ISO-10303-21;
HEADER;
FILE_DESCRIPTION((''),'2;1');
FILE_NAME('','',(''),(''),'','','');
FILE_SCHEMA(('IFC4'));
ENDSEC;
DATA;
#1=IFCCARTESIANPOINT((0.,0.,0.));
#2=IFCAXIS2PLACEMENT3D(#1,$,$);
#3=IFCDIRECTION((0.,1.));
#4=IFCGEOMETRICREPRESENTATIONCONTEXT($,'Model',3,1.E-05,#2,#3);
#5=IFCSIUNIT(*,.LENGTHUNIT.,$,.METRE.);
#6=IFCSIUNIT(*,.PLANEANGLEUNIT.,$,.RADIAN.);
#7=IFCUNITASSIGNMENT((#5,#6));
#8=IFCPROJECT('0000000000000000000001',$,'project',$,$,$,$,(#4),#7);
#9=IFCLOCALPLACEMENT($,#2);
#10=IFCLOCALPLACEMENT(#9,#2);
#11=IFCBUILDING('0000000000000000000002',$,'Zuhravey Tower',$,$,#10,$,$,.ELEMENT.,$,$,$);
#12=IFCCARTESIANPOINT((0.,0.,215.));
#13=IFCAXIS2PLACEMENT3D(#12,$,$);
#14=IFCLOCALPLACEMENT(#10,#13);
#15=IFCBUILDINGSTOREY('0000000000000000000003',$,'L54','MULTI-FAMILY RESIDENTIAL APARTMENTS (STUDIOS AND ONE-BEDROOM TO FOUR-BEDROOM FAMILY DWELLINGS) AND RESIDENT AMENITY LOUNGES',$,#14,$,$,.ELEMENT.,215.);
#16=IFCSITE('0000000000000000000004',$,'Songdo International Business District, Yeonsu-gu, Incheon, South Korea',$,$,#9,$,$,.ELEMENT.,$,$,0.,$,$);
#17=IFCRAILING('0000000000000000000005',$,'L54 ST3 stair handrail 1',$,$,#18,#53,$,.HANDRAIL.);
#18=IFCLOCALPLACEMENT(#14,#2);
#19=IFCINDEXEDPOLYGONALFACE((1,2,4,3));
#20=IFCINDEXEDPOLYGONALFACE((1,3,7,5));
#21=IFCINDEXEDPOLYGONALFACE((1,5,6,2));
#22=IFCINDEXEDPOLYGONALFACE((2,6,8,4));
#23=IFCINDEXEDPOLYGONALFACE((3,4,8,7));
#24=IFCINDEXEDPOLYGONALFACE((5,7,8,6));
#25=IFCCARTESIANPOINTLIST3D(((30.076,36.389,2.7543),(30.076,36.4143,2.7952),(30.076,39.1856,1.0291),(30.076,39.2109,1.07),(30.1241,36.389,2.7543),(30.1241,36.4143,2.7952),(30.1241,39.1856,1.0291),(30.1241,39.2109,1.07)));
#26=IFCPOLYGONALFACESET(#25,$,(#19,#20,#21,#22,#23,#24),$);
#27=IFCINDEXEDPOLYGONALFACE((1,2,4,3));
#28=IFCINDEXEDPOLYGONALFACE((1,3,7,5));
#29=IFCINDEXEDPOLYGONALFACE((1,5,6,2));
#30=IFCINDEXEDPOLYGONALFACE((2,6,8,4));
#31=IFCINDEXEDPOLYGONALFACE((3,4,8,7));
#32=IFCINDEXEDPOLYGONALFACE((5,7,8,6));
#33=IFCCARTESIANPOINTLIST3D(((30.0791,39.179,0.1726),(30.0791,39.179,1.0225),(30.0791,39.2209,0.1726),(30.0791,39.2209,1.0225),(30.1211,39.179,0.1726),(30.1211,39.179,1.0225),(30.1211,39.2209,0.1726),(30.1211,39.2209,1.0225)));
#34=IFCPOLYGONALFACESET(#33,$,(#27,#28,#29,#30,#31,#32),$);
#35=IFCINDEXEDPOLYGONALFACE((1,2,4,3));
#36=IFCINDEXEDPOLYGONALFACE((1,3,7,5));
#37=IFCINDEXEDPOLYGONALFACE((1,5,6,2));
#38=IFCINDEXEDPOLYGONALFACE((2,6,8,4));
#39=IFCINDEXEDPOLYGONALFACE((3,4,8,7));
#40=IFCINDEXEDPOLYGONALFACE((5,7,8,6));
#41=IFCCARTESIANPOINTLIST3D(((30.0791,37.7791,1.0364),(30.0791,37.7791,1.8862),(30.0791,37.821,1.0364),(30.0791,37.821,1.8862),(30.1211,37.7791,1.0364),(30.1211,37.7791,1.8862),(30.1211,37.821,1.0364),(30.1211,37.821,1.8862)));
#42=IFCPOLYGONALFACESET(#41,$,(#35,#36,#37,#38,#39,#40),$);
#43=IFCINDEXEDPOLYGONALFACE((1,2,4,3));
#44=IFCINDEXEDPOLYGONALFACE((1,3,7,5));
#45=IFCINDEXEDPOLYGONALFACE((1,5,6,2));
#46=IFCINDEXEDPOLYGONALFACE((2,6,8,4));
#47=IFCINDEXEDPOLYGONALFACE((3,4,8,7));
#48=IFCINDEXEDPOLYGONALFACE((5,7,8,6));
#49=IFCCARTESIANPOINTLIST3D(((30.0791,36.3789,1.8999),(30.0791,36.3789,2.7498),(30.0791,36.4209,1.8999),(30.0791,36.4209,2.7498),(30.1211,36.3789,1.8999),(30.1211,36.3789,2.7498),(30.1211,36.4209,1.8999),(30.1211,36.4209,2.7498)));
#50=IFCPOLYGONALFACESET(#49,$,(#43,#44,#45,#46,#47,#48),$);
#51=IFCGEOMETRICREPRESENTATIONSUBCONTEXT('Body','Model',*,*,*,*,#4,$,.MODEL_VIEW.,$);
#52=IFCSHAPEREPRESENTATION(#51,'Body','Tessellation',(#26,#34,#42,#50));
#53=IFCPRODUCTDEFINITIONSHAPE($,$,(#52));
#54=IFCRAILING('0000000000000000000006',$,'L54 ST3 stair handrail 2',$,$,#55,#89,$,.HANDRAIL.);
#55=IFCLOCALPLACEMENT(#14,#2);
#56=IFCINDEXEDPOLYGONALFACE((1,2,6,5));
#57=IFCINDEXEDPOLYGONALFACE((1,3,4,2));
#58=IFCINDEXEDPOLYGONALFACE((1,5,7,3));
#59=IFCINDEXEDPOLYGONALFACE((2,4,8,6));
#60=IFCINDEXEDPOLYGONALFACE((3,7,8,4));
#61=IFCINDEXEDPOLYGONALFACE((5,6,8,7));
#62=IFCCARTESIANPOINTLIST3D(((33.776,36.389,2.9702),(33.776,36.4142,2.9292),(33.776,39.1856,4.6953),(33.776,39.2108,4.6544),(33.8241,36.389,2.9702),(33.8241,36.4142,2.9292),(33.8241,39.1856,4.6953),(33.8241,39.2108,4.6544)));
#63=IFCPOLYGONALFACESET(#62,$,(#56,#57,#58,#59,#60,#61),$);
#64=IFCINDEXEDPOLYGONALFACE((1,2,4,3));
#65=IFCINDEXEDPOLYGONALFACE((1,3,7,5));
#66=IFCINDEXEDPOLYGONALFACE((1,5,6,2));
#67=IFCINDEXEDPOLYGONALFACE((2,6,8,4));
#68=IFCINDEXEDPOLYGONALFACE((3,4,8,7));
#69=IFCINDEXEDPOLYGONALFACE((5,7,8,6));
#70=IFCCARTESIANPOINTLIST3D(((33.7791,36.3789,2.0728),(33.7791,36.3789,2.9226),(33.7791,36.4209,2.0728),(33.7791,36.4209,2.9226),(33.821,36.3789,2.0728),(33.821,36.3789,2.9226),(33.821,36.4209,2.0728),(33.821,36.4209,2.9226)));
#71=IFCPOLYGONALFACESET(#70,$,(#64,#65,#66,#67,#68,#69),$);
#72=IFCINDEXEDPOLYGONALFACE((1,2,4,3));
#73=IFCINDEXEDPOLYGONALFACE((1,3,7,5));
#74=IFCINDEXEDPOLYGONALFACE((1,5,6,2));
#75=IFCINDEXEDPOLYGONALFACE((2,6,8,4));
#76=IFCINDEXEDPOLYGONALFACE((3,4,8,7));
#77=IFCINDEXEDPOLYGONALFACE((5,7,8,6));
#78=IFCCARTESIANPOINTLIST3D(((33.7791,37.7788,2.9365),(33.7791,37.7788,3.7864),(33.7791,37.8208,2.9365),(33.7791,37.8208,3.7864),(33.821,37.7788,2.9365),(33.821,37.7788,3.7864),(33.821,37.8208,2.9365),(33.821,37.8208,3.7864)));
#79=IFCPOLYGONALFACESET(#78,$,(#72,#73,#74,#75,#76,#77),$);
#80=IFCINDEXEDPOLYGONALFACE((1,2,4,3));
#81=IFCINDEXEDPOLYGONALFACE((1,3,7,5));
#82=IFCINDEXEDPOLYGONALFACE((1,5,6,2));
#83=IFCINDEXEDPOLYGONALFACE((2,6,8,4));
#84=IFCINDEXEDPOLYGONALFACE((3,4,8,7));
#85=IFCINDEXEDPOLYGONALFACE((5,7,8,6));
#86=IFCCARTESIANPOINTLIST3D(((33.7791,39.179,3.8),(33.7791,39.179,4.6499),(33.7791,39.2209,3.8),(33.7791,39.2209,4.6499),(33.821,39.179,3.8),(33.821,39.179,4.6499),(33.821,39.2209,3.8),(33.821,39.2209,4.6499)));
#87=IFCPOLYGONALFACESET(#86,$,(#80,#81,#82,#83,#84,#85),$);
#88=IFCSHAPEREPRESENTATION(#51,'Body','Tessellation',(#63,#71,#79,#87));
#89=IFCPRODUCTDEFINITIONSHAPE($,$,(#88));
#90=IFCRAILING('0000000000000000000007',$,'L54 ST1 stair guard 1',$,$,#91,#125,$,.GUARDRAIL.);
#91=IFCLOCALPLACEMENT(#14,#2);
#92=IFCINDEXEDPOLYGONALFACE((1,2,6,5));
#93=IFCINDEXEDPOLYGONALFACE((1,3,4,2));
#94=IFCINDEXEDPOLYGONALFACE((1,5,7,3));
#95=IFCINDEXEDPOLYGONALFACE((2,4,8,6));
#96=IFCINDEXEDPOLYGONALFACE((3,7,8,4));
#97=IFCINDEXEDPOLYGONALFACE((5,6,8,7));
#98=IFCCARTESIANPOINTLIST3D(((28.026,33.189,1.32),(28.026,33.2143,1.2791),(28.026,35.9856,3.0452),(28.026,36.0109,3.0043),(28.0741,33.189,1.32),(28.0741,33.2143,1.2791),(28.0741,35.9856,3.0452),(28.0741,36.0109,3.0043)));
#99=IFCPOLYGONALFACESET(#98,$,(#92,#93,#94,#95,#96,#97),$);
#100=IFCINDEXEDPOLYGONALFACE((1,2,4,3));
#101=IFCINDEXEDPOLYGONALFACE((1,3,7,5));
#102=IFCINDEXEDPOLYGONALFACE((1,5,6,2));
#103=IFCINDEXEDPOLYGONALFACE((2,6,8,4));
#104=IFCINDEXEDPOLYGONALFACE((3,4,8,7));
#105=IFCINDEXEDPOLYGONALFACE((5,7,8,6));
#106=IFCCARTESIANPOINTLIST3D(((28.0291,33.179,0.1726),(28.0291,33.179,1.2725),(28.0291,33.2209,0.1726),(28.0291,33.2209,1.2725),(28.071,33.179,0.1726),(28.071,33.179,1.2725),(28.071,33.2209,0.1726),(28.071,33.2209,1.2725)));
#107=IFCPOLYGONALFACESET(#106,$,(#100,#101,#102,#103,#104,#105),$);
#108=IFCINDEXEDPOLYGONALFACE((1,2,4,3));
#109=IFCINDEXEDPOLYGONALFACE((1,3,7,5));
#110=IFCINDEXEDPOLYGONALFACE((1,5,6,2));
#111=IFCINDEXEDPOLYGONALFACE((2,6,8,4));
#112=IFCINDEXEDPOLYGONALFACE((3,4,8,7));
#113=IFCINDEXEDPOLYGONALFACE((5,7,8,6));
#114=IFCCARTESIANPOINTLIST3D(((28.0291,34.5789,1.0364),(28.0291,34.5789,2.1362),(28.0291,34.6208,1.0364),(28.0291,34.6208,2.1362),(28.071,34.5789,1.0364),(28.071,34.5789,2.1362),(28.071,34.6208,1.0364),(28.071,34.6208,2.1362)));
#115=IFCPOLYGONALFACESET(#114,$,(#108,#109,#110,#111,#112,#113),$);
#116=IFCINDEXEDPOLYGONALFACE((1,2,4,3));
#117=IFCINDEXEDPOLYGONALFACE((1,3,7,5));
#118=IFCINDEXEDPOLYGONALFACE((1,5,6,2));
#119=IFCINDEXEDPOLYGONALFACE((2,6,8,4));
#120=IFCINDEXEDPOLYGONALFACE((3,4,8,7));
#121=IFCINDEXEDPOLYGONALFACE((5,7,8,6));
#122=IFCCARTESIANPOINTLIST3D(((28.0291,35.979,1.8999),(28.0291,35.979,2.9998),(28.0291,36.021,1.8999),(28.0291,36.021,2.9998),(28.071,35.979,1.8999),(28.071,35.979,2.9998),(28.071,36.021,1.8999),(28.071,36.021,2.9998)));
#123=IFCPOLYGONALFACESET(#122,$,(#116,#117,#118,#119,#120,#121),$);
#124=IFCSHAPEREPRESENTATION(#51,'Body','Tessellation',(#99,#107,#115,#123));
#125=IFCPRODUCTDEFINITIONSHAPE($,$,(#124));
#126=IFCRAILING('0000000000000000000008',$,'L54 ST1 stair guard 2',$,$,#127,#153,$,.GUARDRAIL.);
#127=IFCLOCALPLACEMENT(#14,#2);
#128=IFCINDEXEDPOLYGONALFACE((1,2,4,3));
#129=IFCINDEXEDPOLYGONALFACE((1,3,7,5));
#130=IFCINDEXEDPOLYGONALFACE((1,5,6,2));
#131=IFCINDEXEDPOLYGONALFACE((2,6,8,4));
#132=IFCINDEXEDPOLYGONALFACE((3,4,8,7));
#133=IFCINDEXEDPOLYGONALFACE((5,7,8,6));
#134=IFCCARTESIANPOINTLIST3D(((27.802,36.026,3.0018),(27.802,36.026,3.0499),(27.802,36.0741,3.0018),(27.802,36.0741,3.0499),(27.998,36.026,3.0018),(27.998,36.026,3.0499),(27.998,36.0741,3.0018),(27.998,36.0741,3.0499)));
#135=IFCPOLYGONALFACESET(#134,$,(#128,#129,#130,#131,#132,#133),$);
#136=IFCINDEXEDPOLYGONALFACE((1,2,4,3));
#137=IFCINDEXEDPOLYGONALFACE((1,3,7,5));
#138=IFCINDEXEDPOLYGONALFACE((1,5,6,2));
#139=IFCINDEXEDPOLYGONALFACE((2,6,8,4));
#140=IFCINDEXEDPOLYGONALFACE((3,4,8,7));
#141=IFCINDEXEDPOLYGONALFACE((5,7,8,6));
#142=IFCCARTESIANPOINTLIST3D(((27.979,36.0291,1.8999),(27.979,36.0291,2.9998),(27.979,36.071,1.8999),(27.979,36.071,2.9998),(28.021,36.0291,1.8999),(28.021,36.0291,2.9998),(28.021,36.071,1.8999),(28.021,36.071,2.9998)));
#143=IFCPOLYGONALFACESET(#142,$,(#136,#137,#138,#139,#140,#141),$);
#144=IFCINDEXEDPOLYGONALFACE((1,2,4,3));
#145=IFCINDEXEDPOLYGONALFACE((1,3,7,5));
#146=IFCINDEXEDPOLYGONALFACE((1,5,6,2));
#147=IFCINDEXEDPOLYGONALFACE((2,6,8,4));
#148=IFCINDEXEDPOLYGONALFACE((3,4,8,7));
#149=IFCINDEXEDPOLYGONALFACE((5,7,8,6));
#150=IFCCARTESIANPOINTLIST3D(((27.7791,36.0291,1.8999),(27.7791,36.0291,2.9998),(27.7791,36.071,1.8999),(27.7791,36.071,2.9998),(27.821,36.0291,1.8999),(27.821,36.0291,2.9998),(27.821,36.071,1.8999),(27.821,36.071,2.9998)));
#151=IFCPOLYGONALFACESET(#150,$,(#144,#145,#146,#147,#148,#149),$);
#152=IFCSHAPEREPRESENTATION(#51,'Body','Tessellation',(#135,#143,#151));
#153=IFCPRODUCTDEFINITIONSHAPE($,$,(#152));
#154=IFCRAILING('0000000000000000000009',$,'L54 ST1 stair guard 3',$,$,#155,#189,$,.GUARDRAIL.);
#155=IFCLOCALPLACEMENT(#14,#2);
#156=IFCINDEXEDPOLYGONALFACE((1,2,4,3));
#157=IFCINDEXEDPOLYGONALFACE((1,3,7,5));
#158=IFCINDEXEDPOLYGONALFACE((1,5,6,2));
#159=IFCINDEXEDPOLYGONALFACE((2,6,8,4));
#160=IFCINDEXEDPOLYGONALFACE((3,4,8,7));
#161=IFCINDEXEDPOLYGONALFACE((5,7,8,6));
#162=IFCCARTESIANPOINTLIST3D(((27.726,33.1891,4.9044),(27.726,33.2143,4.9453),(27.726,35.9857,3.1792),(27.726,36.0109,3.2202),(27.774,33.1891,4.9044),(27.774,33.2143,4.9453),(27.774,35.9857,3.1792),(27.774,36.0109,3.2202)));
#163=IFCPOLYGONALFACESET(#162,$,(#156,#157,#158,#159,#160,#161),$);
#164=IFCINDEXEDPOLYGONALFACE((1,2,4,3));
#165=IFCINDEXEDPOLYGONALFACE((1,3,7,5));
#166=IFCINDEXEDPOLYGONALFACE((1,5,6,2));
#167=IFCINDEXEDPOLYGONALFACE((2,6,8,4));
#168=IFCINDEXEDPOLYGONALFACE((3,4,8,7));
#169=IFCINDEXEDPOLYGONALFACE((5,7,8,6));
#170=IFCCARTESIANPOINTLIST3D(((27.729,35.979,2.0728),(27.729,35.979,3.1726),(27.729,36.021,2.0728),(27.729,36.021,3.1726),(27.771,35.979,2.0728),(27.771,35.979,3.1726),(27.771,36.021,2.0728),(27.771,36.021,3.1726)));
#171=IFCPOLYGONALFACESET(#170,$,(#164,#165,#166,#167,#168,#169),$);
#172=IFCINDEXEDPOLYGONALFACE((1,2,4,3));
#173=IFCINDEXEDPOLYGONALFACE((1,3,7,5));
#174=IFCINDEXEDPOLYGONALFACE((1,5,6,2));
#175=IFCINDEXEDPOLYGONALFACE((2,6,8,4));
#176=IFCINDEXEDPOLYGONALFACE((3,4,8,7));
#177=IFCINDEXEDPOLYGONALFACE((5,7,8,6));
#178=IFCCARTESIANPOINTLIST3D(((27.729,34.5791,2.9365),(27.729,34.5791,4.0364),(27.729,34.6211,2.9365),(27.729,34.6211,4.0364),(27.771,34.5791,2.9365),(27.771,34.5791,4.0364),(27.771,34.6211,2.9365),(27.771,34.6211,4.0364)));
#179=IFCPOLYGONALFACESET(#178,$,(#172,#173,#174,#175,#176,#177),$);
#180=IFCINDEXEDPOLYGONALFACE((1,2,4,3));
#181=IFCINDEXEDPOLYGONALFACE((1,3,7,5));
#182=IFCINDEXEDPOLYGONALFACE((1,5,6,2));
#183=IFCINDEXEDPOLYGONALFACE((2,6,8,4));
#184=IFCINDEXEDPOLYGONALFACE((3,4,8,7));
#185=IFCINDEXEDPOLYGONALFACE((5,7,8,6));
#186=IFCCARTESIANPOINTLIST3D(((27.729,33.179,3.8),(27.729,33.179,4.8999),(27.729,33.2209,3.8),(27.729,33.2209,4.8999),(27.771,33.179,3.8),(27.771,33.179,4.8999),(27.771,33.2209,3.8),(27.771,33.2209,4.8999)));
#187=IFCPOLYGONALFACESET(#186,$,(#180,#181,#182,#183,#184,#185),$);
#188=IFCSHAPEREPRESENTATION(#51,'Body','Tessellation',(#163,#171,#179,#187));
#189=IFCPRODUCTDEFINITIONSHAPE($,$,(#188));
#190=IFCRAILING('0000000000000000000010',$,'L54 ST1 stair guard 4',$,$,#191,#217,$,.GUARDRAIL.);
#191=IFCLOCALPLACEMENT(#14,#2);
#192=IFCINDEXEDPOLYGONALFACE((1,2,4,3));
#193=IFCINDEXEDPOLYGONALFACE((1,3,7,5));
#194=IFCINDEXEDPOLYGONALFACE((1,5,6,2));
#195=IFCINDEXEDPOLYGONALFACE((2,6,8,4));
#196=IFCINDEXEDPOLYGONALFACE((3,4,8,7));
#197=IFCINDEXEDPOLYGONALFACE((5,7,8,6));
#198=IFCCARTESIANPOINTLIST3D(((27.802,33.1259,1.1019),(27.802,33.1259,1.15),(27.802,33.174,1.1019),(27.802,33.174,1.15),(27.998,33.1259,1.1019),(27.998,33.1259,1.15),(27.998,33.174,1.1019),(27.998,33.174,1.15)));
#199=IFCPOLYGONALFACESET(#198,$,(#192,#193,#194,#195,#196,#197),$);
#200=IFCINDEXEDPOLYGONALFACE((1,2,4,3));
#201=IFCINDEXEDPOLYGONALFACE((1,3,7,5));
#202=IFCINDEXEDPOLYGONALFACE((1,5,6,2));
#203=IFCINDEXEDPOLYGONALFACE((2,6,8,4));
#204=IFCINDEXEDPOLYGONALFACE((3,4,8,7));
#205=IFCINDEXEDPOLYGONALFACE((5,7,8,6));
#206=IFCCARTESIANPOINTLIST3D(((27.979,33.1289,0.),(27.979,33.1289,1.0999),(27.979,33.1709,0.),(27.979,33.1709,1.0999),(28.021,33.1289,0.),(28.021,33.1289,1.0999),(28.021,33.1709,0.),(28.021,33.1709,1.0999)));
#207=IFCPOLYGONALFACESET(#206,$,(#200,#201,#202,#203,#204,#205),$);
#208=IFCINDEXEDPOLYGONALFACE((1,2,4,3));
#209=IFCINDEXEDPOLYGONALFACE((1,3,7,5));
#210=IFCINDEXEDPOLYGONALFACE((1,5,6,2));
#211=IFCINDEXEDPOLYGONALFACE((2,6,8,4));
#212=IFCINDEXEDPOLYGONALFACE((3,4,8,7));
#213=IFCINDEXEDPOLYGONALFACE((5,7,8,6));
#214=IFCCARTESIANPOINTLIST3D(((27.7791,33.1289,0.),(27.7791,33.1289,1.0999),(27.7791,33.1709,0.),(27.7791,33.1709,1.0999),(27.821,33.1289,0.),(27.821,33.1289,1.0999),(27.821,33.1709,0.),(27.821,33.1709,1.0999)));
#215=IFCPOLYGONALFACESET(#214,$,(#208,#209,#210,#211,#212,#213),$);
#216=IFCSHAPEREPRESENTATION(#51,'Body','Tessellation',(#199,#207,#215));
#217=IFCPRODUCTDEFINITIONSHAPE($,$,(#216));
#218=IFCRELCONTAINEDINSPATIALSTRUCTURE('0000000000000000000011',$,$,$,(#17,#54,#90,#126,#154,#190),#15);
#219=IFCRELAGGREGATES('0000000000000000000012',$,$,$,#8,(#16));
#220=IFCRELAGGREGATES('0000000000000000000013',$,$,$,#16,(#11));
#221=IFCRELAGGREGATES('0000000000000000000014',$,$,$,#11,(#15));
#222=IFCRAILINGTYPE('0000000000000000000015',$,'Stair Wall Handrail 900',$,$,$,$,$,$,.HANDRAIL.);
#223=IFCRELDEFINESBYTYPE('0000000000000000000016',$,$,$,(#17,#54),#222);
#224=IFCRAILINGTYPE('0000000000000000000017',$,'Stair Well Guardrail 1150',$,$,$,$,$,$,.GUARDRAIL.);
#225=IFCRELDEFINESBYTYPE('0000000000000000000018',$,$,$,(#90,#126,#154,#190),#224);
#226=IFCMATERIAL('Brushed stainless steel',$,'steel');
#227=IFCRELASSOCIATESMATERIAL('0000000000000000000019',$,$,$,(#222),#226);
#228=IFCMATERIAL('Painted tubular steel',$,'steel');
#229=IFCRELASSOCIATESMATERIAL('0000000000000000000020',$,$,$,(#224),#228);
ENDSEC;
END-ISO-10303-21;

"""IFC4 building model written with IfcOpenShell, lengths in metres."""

from ifc_helpers import new_model, si_unit, direction, frame, origin, origin_2d, place, context, subcontext, project, spatial, rectangle, extrude, material, type_object, element, save


model = new_model("IFC4")

# Units and contexts
model_context = context("Model", 3, precision=1e-05, world=origin(), true_north=direction((0.0, 1.0)))
body_context = subcontext(model_context, "Body", "Model", "MODEL_VIEW")
ifc_project = project(units=[si_unit("LENGTHUNIT", "METRE"), si_unit("PLANEANGLEUNIT", "RADIAN")], contexts=[model_context])

# Site, building, storey
site_placement = place(None, origin())
site = spatial("IfcSite", under=ifc_project, at=site_placement, Name="Songdo International Business District, Yeonsu-gu, Incheon, South Korea", CompositionType="ELEMENT", RefElevation=0.0)
building_placement = place(site_placement, origin())
building = spatial("IfcBuilding", under=site, at=building_placement, Name="Zuhravey Tower", CompositionType="ELEMENT")
storey_placement = place(building_placement, frame((0.0, 0.0, 215.0)))
storey = spatial("IfcBuildingStorey", under=building, at=storey_placement, Name="L54", Description="MULTI-FAMILY RESIDENTIAL APARTMENTS (STUDIOS AND ONE-BEDROOM TO FOUR-BEDROOM FAMILY DWELLINGS) AND RESIDENT AMENITY LOUNGES", CompositionType="ELEMENT", Elevation=215.0)

# Railings
ifc_material_1 = material(Name="Brushed stainless steel", Category="steel")
railing_type_1 = type_object("IfcRailingType", Name="Stair Wall Handrail 900", PredefinedType="HANDRAIL", material=ifc_material_1)
for number, where, name in (
    (1, (30.1001, 39.2, 0.1726), "L54 ST3 stair handrail 1"),
):
    element("IfcRailing", number, at=place(storey_placement, frame(where)), inside=storey, type_object=railing_type_1, Name=name, PredefinedType="HANDRAIL", context=body_context, shape_type="SweptSolid", body=[
        extrude(rectangle(XDim=0.0481, YDim=0.0481, at=origin_2d()), frame((0.0, -0.0017, 0.877), z_axis=(0.0, -0.85109, 0.52502), x_axis=(1.0, 0.0, 0.0)), (0.0, 0.0, 1.0), 3.2859),
        extrude(rectangle(XDim=0.042, YDim=0.042, at=origin_2d()), origin(), (0.0, 0.0, 1.0), 0.8499),
        extrude(rectangle(XDim=0.042, YDim=0.042, at=origin_2d()), frame((0.0, -1.3999, 0.8638)), (0.0, 0.0, 1.0), 0.8499),
        extrude(rectangle(XDim=0.042, YDim=0.042, at=origin_2d()), frame((0.0, -2.8, 1.7273)), (0.0, 0.0, 1.0), 0.8499),
    ])
railing_1_placement = place(storey_placement, frame((33.8, 36.3999, 2.0728)))
element("IfcRailing", 2, at=railing_1_placement, inside=storey, type_object=railing_type_1, Name="L54 ST3 stair handrail 2", PredefinedType="HANDRAIL", context=body_context, shape_type="SweptSolid", body=[
    extrude(rectangle(XDim=0.0481, YDim=0.0481, at=origin_2d()), frame((0.0, 0.0017, 0.877), z_axis=(0.0, 0.85109, 0.52502), x_axis=(-1.0, 0.0, 0.0)), (0.0, 0.0, 1.0), 3.2859),
    extrude(rectangle(XDim=0.042, YDim=0.042, at=origin_2d()), origin(), (0.0, 0.0, 1.0), 0.8499),
    extrude(rectangle(XDim=0.042, YDim=0.042, at=origin_2d()), frame((0.0, 1.3999, 0.8638)), (0.0, 0.0, 1.0), 0.8499),
    extrude(rectangle(XDim=0.042, YDim=0.042, at=origin_2d()), frame((0.0, 2.8, 1.7273)), (0.0, 0.0, 1.0), 0.8499),
])
ifc_material_2 = material(Name="Painted tubular steel", Category="steel")
railing_type_2 = type_object("IfcRailingType", Name="Stair Well Guardrail 1150", PredefinedType="GUARDRAIL", material=ifc_material_2)
railing_2_placement = place(storey_placement, frame((28.05, 33.2, 0.1726)))
element("IfcRailing", 3, at=railing_2_placement, inside=storey, type_object=railing_type_2, Name="L54 ST1 stair guard 1", PredefinedType="GUARDRAIL", context=body_context, shape_type="SweptSolid", body=[
    extrude(rectangle(XDim=0.0481, YDim=0.0481, at=origin_2d()), frame((0.0, 0.0017, 1.127), z_axis=(0.0, 0.85109, 0.52502), x_axis=(-1.0, 0.0, 0.0)), (0.0, 0.0, 1.0), 3.2859),
    extrude(rectangle(XDim=0.042, YDim=0.042, at=origin_2d()), origin(), (0.0, 0.0, 1.0), 1.0999),
    extrude(rectangle(XDim=0.042, YDim=0.042, at=origin_2d()), frame((0.0, 1.3999, 0.8638)), (0.0, 0.0, 1.0), 1.0999),
    extrude(rectangle(XDim=0.042, YDim=0.042, at=origin_2d()), frame((0.0, 2.8, 1.7273)), (0.0, 0.0, 1.0), 1.0999),
])
railing_3_placement = place(storey_placement, frame((28.0, 36.05, 1.8999)))
element("IfcRailing", 4, at=railing_3_placement, inside=storey, type_object=railing_type_2, Name="L54 ST1 stair guard 2", PredefinedType="GUARDRAIL", context=body_context, shape_type="SweptSolid", body=[
    extrude(rectangle(XDim=0.0481, YDim=0.0481, at=origin_2d()), frame((-0.002, 0.0, 1.126), z_axis=(-1.0, 0.0, 0.0), x_axis=(0.0, -1.0, 0.0)), (0.0, 0.0, 1.0), 0.196),
    extrude(rectangle(XDim=0.042, YDim=0.042, at=origin_2d()), origin(), (0.0, 0.0, 1.0), 1.0999),
    extrude(rectangle(XDim=0.042, YDim=0.042, at=origin_2d()), frame((-0.2, 0.0, 0.0)), (0.0, 0.0, 1.0), 1.0999),
])
railing_4_placement = place(storey_placement, frame((27.75, 36.0, 2.0728)))
element("IfcRailing", 5, at=railing_4_placement, inside=storey, type_object=railing_type_2, Name="L54 ST1 stair guard 3", PredefinedType="GUARDRAIL", context=body_context, shape_type="SweptSolid", body=[
    extrude(rectangle(XDim=0.0481, YDim=0.0481, at=origin_2d()), frame((0.0, -0.0017, 1.127), z_axis=(0.0, -0.85109, 0.52502), x_axis=(1.0, 0.0, 0.0)), (0.0, 0.0, 1.0), 3.2859),
    extrude(rectangle(XDim=0.042, YDim=0.042, at=origin_2d()), origin(), (0.0, 0.0, 1.0), 1.0999),
    extrude(rectangle(XDim=0.042, YDim=0.042, at=origin_2d()), frame((0.0, -1.3999, 0.8638)), (0.0, 0.0, 1.0), 1.0999),
    extrude(rectangle(XDim=0.042, YDim=0.042, at=origin_2d()), frame((0.0, -2.8, 1.7273)), (0.0, 0.0, 1.0), 1.0999),
])
railing_5_placement = place(storey_placement, frame((28.0, 33.1499, 0.0)))
element("IfcRailing", 6, at=railing_5_placement, inside=storey, type_object=railing_type_2, Name="L54 ST1 stair guard 4", PredefinedType="GUARDRAIL", context=body_context, shape_type="SweptSolid", body=[
    extrude(rectangle(XDim=0.0481, YDim=0.0481, at=origin_2d()), frame((-0.002, 0.0, 1.126), z_axis=(-1.0, 0.0, 0.0), x_axis=(0.0, -1.0, 0.0)), (0.0, 0.0, 1.0), 0.196),
    extrude(rectangle(XDim=0.042, YDim=0.042, at=origin_2d()), origin(), (0.0, 0.0, 1.0), 1.0999),
    extrude(rectangle(XDim=0.042, YDim=0.042, at=origin_2d()), frame((-0.2, 0.0, 0.0)), (0.0, 0.0, 1.0), 1.0999),
])

save(model, "model.ifc")
